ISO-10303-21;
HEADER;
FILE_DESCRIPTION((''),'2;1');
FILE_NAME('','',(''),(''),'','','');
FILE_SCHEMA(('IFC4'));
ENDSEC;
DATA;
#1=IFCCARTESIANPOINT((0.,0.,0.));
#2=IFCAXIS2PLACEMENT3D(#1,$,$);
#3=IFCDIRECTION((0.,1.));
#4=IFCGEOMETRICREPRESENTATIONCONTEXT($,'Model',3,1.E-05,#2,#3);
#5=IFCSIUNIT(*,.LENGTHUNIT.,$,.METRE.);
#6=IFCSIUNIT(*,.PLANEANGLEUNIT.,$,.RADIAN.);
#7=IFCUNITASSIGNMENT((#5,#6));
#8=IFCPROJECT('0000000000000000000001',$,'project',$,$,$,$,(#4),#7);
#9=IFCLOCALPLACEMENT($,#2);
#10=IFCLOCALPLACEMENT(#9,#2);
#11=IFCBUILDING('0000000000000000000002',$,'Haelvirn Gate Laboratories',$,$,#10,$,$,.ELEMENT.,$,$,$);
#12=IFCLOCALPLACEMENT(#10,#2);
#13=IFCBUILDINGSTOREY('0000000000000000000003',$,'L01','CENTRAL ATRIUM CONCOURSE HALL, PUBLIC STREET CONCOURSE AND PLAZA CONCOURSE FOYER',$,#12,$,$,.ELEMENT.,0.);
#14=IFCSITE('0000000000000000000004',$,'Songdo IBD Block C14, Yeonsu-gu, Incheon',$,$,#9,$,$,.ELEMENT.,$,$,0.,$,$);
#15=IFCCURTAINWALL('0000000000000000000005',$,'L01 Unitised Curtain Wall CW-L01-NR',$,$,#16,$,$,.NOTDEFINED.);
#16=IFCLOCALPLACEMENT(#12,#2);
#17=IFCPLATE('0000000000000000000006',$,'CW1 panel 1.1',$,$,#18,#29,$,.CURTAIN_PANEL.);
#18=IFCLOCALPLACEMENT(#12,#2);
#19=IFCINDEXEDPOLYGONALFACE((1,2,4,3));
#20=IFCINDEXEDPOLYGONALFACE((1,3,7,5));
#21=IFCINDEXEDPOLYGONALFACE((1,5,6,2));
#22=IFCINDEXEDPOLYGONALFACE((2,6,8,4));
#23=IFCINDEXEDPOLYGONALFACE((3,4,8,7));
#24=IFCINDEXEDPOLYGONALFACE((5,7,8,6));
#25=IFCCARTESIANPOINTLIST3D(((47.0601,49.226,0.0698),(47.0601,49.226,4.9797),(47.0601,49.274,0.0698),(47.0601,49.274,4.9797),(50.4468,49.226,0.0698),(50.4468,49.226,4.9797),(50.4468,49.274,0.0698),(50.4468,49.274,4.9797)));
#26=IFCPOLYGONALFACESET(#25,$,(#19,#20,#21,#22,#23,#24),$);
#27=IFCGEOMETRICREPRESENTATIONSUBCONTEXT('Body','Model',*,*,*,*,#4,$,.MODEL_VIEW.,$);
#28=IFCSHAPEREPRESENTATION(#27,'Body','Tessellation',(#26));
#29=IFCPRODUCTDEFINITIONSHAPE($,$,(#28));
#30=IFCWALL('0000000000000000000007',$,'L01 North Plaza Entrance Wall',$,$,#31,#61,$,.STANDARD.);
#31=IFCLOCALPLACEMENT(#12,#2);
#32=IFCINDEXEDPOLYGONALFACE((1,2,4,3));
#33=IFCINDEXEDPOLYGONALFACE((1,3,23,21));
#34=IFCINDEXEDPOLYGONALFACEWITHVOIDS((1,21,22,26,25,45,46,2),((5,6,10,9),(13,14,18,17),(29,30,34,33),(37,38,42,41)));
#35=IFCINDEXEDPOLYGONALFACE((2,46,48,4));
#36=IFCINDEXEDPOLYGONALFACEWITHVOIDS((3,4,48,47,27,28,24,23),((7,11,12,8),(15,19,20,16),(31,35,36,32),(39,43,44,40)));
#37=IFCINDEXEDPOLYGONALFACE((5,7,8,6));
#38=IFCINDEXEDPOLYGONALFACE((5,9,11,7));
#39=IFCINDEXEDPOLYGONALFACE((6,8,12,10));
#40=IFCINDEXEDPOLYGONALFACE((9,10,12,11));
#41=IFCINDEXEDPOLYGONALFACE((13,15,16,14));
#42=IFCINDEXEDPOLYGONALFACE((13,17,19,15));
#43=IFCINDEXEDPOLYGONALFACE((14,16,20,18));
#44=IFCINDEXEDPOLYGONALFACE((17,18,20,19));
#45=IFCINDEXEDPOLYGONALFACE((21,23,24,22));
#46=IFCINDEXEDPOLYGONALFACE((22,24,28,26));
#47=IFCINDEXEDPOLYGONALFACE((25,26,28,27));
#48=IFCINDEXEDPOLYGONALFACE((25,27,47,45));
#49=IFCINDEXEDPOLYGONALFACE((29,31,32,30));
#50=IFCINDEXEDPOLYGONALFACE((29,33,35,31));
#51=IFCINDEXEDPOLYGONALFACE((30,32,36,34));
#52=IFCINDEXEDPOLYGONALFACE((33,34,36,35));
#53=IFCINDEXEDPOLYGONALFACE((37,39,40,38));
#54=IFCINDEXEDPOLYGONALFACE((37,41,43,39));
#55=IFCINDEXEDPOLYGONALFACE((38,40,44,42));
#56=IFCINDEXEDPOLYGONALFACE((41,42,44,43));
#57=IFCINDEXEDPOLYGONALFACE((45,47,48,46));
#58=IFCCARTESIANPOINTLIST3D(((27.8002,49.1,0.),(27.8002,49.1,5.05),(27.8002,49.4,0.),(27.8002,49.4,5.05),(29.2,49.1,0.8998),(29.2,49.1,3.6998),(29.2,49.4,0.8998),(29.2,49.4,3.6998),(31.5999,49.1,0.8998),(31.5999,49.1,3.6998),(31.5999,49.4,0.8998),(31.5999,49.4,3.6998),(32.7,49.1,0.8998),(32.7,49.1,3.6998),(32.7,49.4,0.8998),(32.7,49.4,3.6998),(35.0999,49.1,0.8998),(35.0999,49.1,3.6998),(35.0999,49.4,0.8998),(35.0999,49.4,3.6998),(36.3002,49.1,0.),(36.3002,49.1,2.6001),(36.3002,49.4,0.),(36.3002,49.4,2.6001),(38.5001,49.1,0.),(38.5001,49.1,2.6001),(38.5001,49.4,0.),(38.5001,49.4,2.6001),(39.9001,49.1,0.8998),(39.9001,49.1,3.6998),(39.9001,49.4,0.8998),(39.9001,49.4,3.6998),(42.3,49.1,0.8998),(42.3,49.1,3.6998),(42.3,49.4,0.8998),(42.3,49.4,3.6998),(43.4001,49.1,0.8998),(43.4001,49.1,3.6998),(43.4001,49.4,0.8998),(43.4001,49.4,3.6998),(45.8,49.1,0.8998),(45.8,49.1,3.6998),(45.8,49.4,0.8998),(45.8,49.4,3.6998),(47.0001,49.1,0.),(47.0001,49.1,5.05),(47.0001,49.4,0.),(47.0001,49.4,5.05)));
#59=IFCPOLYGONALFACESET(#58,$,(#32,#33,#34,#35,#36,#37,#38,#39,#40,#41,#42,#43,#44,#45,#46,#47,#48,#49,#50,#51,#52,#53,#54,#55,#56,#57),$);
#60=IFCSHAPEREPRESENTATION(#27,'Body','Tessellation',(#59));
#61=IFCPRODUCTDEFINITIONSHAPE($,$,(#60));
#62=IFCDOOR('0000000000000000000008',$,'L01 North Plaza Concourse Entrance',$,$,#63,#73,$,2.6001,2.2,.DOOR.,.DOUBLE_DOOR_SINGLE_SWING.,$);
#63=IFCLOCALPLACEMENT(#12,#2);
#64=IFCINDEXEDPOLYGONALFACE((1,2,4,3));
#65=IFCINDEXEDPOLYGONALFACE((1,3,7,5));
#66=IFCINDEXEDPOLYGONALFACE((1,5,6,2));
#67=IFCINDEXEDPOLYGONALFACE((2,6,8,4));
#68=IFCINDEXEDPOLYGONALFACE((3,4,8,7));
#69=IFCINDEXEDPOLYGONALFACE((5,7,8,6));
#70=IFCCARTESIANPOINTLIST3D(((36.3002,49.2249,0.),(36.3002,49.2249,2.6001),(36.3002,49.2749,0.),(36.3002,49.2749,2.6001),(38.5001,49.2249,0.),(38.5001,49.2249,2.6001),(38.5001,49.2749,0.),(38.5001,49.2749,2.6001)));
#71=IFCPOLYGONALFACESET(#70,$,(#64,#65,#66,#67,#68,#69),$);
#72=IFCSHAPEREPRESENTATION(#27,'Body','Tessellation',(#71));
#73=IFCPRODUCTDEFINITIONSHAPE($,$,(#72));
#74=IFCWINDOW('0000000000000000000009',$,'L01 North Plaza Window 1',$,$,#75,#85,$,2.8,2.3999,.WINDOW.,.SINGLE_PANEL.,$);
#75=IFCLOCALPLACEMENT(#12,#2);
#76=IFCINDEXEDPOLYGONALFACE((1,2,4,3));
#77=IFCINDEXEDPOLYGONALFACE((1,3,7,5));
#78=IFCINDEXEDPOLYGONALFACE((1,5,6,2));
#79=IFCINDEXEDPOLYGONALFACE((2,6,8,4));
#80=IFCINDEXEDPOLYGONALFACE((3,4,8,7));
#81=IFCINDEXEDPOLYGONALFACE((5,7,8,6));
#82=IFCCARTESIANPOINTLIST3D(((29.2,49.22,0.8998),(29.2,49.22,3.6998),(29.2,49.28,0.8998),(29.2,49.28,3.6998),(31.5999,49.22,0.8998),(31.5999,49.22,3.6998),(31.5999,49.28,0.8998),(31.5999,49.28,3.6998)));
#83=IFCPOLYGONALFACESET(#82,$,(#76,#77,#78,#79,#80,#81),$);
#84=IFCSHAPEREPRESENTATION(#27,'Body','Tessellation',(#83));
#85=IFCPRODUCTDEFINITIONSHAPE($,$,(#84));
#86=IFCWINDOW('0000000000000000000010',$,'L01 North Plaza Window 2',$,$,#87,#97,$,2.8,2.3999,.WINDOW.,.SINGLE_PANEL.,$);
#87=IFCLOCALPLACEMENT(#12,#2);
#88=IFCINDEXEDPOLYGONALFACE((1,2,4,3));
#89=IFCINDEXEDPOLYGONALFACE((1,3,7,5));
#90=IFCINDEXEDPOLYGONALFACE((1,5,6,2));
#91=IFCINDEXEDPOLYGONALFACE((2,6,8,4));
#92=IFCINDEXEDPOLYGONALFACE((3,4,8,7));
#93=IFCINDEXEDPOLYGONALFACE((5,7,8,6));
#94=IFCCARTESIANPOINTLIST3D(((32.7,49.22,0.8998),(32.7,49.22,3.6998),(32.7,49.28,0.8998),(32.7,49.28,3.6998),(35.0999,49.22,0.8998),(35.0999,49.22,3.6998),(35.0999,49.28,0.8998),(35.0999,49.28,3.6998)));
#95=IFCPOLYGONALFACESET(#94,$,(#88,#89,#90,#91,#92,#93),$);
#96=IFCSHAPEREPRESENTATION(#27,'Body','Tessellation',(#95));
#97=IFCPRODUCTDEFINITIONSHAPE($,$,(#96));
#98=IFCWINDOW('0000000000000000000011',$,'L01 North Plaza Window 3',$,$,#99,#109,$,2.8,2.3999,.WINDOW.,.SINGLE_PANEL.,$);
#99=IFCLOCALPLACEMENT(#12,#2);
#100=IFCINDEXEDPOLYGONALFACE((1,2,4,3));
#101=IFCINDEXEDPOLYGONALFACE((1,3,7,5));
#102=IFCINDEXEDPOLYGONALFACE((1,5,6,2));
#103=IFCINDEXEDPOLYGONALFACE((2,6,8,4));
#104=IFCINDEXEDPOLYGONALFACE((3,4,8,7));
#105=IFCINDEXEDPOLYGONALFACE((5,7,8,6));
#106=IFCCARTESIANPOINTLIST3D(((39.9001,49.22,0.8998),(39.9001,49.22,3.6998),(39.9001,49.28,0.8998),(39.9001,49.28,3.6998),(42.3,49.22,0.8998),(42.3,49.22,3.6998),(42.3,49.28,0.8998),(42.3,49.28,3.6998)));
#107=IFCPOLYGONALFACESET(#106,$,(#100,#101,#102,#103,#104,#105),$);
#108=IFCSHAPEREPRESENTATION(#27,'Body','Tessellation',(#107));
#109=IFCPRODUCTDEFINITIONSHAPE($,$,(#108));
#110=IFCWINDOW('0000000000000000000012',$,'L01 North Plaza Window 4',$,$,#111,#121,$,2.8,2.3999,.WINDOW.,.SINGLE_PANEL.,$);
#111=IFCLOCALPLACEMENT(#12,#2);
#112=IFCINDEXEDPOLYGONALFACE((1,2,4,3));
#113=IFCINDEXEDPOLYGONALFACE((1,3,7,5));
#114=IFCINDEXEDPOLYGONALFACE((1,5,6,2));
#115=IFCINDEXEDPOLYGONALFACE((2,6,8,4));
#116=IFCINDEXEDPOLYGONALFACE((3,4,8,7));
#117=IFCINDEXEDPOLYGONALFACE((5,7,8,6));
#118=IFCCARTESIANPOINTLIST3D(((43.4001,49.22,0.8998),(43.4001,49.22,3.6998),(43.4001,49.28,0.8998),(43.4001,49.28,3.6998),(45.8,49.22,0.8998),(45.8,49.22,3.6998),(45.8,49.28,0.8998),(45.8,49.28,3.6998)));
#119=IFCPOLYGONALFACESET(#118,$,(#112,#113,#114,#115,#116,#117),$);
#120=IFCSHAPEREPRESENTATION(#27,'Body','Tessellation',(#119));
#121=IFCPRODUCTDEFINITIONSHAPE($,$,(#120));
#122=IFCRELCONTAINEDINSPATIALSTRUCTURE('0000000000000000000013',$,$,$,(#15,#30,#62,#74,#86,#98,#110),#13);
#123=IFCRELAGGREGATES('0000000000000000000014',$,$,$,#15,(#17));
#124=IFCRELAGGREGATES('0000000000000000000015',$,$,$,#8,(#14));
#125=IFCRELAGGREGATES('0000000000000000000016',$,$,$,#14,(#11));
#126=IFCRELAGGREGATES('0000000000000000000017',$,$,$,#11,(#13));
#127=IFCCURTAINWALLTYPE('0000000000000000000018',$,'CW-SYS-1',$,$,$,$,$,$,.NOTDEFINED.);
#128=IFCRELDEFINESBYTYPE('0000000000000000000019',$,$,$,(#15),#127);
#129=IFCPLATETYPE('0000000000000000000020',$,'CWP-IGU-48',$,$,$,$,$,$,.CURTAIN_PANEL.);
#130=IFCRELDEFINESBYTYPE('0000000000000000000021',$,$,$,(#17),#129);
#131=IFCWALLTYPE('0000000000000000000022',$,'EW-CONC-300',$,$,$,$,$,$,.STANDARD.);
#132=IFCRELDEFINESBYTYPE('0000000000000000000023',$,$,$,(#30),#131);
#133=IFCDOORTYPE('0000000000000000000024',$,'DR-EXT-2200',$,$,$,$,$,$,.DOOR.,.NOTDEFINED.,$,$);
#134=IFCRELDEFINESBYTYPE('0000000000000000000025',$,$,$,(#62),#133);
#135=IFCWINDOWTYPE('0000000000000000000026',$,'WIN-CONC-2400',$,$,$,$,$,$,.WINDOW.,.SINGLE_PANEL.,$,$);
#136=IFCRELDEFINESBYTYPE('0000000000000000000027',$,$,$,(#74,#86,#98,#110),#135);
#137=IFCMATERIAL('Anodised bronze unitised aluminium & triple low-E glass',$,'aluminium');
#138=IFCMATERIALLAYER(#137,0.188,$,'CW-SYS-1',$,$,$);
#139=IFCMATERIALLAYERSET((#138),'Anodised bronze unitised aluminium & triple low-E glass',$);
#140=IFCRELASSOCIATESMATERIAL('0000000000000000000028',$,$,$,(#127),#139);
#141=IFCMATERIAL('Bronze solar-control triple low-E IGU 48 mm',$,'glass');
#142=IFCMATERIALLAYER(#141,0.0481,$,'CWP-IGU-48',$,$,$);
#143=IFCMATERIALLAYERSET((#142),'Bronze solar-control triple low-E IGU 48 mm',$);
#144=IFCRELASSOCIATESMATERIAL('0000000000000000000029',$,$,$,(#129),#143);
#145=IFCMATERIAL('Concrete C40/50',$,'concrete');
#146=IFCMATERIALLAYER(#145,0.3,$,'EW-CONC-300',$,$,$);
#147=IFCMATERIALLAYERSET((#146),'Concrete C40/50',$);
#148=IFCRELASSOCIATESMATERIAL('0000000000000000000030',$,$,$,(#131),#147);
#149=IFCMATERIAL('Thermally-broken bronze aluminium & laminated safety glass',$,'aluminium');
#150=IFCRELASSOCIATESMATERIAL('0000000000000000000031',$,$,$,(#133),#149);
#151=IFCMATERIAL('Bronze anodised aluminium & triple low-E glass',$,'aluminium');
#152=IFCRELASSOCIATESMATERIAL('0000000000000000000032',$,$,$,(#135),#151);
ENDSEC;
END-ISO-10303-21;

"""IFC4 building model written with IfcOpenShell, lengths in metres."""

from ifc_helpers import new_model, si_unit, direction, frame, frame_2d, origin, origin_2d, place, context, subcontext, project, spatial, rectangle, extrude, source, transform, mapped, material, layer, layer_set, type_object, type_shapes, element, fill, aggregate, save


model = new_model("IFC4")

# Units and contexts
model_context = context("Model", 3, precision=1e-05, world=origin(), true_north=direction((0.0, 1.0)))
body_context = subcontext(model_context, "Body", "Model", "MODEL_VIEW")
ifc_project = project(units=[si_unit("LENGTHUNIT", "METRE"), si_unit("PLANEANGLEUNIT", "RADIAN")], contexts=[model_context])

# Site, building, storey
site_placement = place(None, origin())
site = spatial("IfcSite", under=ifc_project, at=site_placement, Name="Songdo IBD Block C14, Yeonsu-gu, Incheon", CompositionType="ELEMENT", RefElevation=0.0)
building_placement = place(site_placement, origin())
building = spatial("IfcBuilding", under=site, at=building_placement, Name="Haelvirn Gate Laboratories", CompositionType="ELEMENT")
storey_placement = place(building_placement, origin())
storey = spatial("IfcBuildingStorey", under=building, at=storey_placement, Name="L01", Description="CENTRAL ATRIUM CONCOURSE HALL, PUBLIC STREET CONCOURSE AND PLAZA CONCOURSE FOYER", CompositionType="ELEMENT", Elevation=0.0)

# Curtain wall
ifc_material_1 = material(Name="Anodised bronze unitised aluminium & triple low-E glass", Category="aluminium")
ifc_layer_1 = layer(ifc_material_1, 0.188, Name="CW-SYS-1")
ifc_layer_set_1 = layer_set([ifc_layer_1], Name="Anodised bronze unitised aluminium & triple low-E glass")
curtain_wall_type = type_object("IfcCurtainWallType", Name="CW-SYS-1", PredefinedType="NOTDEFINED", material=ifc_layer_set_1)
curtain_wall_1_placement = place(storey_placement, origin())
curtain_wall_1 = element("IfcCurtainWall", 1, at=curtain_wall_1_placement, inside=storey, type_object=curtain_wall_type, Name="L01 Unitised Curtain Wall CW-L01-NR", PredefinedType="NOTDEFINED")

# Plate
ifc_material_2 = material(Name="Bronze solar-control triple low-E IGU 48 mm", Category="glass")
ifc_layer_2 = layer(ifc_material_2, 0.0481, Name="CWP-IGU-48")
ifc_layer_set_2 = layer_set([ifc_layer_2], Name="Bronze solar-control triple low-E IGU 48 mm")
plate_type = type_object("IfcPlateType", Name="CWP-IGU-48", PredefinedType="CURTAIN_PANEL", material=ifc_layer_set_2)
shared_shape_1 = source(origin(), body_context, "Body", "SweptSolid", [
    extrude(rectangle(XDim=3.3867, YDim=0.0481, at=origin_2d()), origin(), (0.0, 0.0, 1.0), 4.9099),
])
plate_1_placement = place(storey_placement, frame((48.7534, 49.25, 0.0698), z_axis=(0.0, 0.0, 1.0), x_axis=(1.0, 0.0, 0.0)))
plate_1 = element("IfcPlate", 2, at=plate_1_placement, type_object=plate_type, Name="CW1 panel 1.1", PredefinedType="CURTAIN_PANEL", context=body_context, shape_type="MappedRepresentation", body=[
    mapped(shared_shape_1, transform((0.0, 0.0, 0.0), scale=1.0)),
])
aggregate(curtain_wall_1, [plate_1])

# Wall, openings, door, windows
ifc_material_3 = material(Name="Concrete C40/50", Category="concrete")
ifc_layer_3 = layer(ifc_material_3, 0.3, Name="EW-CONC-300")
ifc_layer_set_3 = layer_set([ifc_layer_3], Name="Concrete C40/50")
wall_type = type_object("IfcWallType", Name="EW-CONC-300", PredefinedType="STANDARD", material=ifc_layer_set_3)
wall_placement = place(storey_placement, frame((27.8, 49.25, 0.0), z_axis=(0.0, 0.0, 1.0), x_axis=(1.0, 0.0, 0.0)))
wall = element("IfcWall", 3, at=wall_placement, inside=storey, type_object=wall_type, Name="L01 North Plaza Entrance Wall", PredefinedType="STANDARD", context=body_context, shape_type="SweptSolid", body=[
    extrude(rectangle(XDim=19.2, YDim=0.3, at=frame_2d((9.6001, 0.0))), origin(), (0.0, 0.0, 1.0), 5.05),
])
opening_1_placement = place(wall_placement, frame((8.5, 0.0, 0.0)))
opening_1 = element("IfcOpeningElement", 4, at=opening_1_placement, cuts=wall, PredefinedType="OPENING", context=body_context, shape_type="SweptSolid", body=[
    extrude(rectangle(XDim=2.2, YDim=2.6001, at=frame_2d((1.1001, 1.3))), frame((0.0, 0.1602, 0.0), z_axis=(0.0, -1.0, 0.0), x_axis=(1.0, 0.0, 0.0)), (0.0, 0.0, 1.0), 0.3201),
])
opening_2_placement = place(wall_placement, frame((1.3999, 0.0, 0.8999)))
opening_2 = element("IfcOpeningElement", 5, at=opening_2_placement, cuts=wall, PredefinedType="OPENING", context=body_context, shape_type="SweptSolid", body=[
    extrude(rectangle(XDim=2.3999, YDim=2.8, at=frame_2d((1.2, 1.3999))), frame((0.0, 0.1602, 0.0), z_axis=(0.0, -1.0, 0.0), x_axis=(1.0, 0.0, 0.0)), (0.0, 0.0, 1.0), 0.3201),
])
opening_3_placement = place(wall_placement, frame((4.8999, 0.0, 0.8999)))
opening_3 = element("IfcOpeningElement", 6, at=opening_3_placement, cuts=wall, PredefinedType="OPENING", context=body_context, shape_type="SweptSolid", body=[
    extrude(rectangle(XDim=2.3999, YDim=2.8, at=frame_2d((1.2, 1.3999))), frame((0.0, 0.1602, 0.0), z_axis=(0.0, -1.0, 0.0), x_axis=(1.0, 0.0, 0.0)), (0.0, 0.0, 1.0), 0.3201),
])
opening_4_placement = place(wall_placement, frame((12.1001, 0.0, 0.8999)))
opening_4 = element("IfcOpeningElement", 7, at=opening_4_placement, cuts=wall, PredefinedType="OPENING", context=body_context, shape_type="SweptSolid", body=[
    extrude(rectangle(XDim=2.3999, YDim=2.8, at=frame_2d((1.2, 1.3999))), frame((0.0, 0.1602, 0.0), z_axis=(0.0, -1.0, 0.0), x_axis=(1.0, 0.0, 0.0)), (0.0, 0.0, 1.0), 0.3201),
])
opening_5_placement = place(wall_placement, frame((15.6001, 0.0, 0.8999)))
opening_5 = element("IfcOpeningElement", 8, at=opening_5_placement, cuts=wall, PredefinedType="OPENING", context=body_context, shape_type="SweptSolid", body=[
    extrude(rectangle(XDim=2.3999, YDim=2.8, at=frame_2d((1.2, 1.3999))), frame((0.0, 0.1602, 0.0), z_axis=(0.0, -1.0, 0.0), x_axis=(1.0, 0.0, 0.0)), (0.0, 0.0, 1.0), 0.3201),
])
ifc_material_4 = material(Name="Thermally-broken bronze aluminium & laminated safety glass", Category="aluminium")
door_type = type_object("IfcDoorType", Name="DR-EXT-2200", OperationType="NOTDEFINED", PredefinedType="DOOR", material=ifc_material_4)
shared_shape_2 = source(origin(), body_context, "Body", "SweptSolid", [
    extrude(rectangle(XDim=2.2, YDim=2.6001, at=frame_2d((1.1001, 1.3))), frame((0.0, 0.0249, 0.0), z_axis=(0.0, -1.0, 0.0), x_axis=(1.0, 0.0, 0.0)), (0.0, 0.0, 1.0), 0.05),
])
type_shapes(door_type, [shared_shape_2])
door_placement = place(opening_1_placement, origin())
door = element("IfcDoor", 9, at=door_placement, inside=storey, type_object=door_type, Name="L01 North Plaza Concourse Entrance", OperationType="DOUBLE_DOOR_SINGLE_SWING", OverallHeight=2.6001, OverallWidth=2.2, PredefinedType="DOOR", context=body_context, shape_type="MappedRepresentation", body=[
    mapped(shared_shape_2, transform((0.0, 0.0, 0.0), scale=1.0)),
])
fill(opening_1, door)
ifc_material_5 = material(Name="Bronze anodised aluminium & triple low-E glass", Category="aluminium")
window_type = type_object("IfcWindowType", Name="WIN-CONC-2400", PartitioningType="SINGLE_PANEL", PredefinedType="WINDOW", material=ifc_material_5)
shared_shape_3 = source(origin(), body_context, "Body", "SweptSolid", [
    extrude(rectangle(XDim=2.3999, YDim=2.8, at=frame_2d((1.2, 1.3999))), frame((0.0, 0.03, 0.0), z_axis=(0.0, -1.0, 0.0), x_axis=(1.0, 0.0, 0.0)), (0.0, 0.0, 1.0), 0.0601),
])
type_shapes(window_type, [shared_shape_3])
window_1_placement = place(opening_2_placement, origin())
window_1 = element("IfcWindow", 10, at=window_1_placement, inside=storey, type_object=window_type, Name="L01 North Plaza Window 1", OverallHeight=2.8, OverallWidth=2.3999, PartitioningType="SINGLE_PANEL", PredefinedType="WINDOW", context=body_context, shape_type="MappedRepresentation", body=[
    mapped(shared_shape_3, transform((0.0, 0.0, 0.0), scale=1.0)),
])
fill(opening_2, window_1)
window_2_placement = place(opening_3_placement, origin())
window_2 = element("IfcWindow", 11, at=window_2_placement, inside=storey, type_object=window_type, Name="L01 North Plaza Window 2", OverallHeight=2.8, OverallWidth=2.3999, PartitioningType="SINGLE_PANEL", PredefinedType="WINDOW", context=body_context, shape_type="MappedRepresentation", body=[
    mapped(shared_shape_3, transform((0.0, 0.0, 0.0), scale=1.0)),
])
fill(opening_3, window_2)
window_3_placement = place(opening_4_placement, origin())
window_3 = element("IfcWindow", 12, at=window_3_placement, inside=storey, type_object=window_type, Name="L01 North Plaza Window 3", OverallHeight=2.8, OverallWidth=2.3999, PartitioningType="SINGLE_PANEL", PredefinedType="WINDOW", context=body_context, shape_type="MappedRepresentation", body=[
    mapped(shared_shape_3, transform((0.0, 0.0, 0.0), scale=1.0)),
])
fill(opening_4, window_3)
window_4_placement = place(opening_5_placement, origin())
window_4 = element("IfcWindow", 13, at=window_4_placement, inside=storey, type_object=window_type, Name="L01 North Plaza Window 4", OverallHeight=2.8, OverallWidth=2.3999, PartitioningType="SINGLE_PANEL", PredefinedType="WINDOW", context=body_context, shape_type="MappedRepresentation", body=[
    mapped(shared_shape_3, transform((0.0, 0.0, 0.0), scale=1.0)),
])
fill(opening_5, window_4)

save(model, "model.ifc")
